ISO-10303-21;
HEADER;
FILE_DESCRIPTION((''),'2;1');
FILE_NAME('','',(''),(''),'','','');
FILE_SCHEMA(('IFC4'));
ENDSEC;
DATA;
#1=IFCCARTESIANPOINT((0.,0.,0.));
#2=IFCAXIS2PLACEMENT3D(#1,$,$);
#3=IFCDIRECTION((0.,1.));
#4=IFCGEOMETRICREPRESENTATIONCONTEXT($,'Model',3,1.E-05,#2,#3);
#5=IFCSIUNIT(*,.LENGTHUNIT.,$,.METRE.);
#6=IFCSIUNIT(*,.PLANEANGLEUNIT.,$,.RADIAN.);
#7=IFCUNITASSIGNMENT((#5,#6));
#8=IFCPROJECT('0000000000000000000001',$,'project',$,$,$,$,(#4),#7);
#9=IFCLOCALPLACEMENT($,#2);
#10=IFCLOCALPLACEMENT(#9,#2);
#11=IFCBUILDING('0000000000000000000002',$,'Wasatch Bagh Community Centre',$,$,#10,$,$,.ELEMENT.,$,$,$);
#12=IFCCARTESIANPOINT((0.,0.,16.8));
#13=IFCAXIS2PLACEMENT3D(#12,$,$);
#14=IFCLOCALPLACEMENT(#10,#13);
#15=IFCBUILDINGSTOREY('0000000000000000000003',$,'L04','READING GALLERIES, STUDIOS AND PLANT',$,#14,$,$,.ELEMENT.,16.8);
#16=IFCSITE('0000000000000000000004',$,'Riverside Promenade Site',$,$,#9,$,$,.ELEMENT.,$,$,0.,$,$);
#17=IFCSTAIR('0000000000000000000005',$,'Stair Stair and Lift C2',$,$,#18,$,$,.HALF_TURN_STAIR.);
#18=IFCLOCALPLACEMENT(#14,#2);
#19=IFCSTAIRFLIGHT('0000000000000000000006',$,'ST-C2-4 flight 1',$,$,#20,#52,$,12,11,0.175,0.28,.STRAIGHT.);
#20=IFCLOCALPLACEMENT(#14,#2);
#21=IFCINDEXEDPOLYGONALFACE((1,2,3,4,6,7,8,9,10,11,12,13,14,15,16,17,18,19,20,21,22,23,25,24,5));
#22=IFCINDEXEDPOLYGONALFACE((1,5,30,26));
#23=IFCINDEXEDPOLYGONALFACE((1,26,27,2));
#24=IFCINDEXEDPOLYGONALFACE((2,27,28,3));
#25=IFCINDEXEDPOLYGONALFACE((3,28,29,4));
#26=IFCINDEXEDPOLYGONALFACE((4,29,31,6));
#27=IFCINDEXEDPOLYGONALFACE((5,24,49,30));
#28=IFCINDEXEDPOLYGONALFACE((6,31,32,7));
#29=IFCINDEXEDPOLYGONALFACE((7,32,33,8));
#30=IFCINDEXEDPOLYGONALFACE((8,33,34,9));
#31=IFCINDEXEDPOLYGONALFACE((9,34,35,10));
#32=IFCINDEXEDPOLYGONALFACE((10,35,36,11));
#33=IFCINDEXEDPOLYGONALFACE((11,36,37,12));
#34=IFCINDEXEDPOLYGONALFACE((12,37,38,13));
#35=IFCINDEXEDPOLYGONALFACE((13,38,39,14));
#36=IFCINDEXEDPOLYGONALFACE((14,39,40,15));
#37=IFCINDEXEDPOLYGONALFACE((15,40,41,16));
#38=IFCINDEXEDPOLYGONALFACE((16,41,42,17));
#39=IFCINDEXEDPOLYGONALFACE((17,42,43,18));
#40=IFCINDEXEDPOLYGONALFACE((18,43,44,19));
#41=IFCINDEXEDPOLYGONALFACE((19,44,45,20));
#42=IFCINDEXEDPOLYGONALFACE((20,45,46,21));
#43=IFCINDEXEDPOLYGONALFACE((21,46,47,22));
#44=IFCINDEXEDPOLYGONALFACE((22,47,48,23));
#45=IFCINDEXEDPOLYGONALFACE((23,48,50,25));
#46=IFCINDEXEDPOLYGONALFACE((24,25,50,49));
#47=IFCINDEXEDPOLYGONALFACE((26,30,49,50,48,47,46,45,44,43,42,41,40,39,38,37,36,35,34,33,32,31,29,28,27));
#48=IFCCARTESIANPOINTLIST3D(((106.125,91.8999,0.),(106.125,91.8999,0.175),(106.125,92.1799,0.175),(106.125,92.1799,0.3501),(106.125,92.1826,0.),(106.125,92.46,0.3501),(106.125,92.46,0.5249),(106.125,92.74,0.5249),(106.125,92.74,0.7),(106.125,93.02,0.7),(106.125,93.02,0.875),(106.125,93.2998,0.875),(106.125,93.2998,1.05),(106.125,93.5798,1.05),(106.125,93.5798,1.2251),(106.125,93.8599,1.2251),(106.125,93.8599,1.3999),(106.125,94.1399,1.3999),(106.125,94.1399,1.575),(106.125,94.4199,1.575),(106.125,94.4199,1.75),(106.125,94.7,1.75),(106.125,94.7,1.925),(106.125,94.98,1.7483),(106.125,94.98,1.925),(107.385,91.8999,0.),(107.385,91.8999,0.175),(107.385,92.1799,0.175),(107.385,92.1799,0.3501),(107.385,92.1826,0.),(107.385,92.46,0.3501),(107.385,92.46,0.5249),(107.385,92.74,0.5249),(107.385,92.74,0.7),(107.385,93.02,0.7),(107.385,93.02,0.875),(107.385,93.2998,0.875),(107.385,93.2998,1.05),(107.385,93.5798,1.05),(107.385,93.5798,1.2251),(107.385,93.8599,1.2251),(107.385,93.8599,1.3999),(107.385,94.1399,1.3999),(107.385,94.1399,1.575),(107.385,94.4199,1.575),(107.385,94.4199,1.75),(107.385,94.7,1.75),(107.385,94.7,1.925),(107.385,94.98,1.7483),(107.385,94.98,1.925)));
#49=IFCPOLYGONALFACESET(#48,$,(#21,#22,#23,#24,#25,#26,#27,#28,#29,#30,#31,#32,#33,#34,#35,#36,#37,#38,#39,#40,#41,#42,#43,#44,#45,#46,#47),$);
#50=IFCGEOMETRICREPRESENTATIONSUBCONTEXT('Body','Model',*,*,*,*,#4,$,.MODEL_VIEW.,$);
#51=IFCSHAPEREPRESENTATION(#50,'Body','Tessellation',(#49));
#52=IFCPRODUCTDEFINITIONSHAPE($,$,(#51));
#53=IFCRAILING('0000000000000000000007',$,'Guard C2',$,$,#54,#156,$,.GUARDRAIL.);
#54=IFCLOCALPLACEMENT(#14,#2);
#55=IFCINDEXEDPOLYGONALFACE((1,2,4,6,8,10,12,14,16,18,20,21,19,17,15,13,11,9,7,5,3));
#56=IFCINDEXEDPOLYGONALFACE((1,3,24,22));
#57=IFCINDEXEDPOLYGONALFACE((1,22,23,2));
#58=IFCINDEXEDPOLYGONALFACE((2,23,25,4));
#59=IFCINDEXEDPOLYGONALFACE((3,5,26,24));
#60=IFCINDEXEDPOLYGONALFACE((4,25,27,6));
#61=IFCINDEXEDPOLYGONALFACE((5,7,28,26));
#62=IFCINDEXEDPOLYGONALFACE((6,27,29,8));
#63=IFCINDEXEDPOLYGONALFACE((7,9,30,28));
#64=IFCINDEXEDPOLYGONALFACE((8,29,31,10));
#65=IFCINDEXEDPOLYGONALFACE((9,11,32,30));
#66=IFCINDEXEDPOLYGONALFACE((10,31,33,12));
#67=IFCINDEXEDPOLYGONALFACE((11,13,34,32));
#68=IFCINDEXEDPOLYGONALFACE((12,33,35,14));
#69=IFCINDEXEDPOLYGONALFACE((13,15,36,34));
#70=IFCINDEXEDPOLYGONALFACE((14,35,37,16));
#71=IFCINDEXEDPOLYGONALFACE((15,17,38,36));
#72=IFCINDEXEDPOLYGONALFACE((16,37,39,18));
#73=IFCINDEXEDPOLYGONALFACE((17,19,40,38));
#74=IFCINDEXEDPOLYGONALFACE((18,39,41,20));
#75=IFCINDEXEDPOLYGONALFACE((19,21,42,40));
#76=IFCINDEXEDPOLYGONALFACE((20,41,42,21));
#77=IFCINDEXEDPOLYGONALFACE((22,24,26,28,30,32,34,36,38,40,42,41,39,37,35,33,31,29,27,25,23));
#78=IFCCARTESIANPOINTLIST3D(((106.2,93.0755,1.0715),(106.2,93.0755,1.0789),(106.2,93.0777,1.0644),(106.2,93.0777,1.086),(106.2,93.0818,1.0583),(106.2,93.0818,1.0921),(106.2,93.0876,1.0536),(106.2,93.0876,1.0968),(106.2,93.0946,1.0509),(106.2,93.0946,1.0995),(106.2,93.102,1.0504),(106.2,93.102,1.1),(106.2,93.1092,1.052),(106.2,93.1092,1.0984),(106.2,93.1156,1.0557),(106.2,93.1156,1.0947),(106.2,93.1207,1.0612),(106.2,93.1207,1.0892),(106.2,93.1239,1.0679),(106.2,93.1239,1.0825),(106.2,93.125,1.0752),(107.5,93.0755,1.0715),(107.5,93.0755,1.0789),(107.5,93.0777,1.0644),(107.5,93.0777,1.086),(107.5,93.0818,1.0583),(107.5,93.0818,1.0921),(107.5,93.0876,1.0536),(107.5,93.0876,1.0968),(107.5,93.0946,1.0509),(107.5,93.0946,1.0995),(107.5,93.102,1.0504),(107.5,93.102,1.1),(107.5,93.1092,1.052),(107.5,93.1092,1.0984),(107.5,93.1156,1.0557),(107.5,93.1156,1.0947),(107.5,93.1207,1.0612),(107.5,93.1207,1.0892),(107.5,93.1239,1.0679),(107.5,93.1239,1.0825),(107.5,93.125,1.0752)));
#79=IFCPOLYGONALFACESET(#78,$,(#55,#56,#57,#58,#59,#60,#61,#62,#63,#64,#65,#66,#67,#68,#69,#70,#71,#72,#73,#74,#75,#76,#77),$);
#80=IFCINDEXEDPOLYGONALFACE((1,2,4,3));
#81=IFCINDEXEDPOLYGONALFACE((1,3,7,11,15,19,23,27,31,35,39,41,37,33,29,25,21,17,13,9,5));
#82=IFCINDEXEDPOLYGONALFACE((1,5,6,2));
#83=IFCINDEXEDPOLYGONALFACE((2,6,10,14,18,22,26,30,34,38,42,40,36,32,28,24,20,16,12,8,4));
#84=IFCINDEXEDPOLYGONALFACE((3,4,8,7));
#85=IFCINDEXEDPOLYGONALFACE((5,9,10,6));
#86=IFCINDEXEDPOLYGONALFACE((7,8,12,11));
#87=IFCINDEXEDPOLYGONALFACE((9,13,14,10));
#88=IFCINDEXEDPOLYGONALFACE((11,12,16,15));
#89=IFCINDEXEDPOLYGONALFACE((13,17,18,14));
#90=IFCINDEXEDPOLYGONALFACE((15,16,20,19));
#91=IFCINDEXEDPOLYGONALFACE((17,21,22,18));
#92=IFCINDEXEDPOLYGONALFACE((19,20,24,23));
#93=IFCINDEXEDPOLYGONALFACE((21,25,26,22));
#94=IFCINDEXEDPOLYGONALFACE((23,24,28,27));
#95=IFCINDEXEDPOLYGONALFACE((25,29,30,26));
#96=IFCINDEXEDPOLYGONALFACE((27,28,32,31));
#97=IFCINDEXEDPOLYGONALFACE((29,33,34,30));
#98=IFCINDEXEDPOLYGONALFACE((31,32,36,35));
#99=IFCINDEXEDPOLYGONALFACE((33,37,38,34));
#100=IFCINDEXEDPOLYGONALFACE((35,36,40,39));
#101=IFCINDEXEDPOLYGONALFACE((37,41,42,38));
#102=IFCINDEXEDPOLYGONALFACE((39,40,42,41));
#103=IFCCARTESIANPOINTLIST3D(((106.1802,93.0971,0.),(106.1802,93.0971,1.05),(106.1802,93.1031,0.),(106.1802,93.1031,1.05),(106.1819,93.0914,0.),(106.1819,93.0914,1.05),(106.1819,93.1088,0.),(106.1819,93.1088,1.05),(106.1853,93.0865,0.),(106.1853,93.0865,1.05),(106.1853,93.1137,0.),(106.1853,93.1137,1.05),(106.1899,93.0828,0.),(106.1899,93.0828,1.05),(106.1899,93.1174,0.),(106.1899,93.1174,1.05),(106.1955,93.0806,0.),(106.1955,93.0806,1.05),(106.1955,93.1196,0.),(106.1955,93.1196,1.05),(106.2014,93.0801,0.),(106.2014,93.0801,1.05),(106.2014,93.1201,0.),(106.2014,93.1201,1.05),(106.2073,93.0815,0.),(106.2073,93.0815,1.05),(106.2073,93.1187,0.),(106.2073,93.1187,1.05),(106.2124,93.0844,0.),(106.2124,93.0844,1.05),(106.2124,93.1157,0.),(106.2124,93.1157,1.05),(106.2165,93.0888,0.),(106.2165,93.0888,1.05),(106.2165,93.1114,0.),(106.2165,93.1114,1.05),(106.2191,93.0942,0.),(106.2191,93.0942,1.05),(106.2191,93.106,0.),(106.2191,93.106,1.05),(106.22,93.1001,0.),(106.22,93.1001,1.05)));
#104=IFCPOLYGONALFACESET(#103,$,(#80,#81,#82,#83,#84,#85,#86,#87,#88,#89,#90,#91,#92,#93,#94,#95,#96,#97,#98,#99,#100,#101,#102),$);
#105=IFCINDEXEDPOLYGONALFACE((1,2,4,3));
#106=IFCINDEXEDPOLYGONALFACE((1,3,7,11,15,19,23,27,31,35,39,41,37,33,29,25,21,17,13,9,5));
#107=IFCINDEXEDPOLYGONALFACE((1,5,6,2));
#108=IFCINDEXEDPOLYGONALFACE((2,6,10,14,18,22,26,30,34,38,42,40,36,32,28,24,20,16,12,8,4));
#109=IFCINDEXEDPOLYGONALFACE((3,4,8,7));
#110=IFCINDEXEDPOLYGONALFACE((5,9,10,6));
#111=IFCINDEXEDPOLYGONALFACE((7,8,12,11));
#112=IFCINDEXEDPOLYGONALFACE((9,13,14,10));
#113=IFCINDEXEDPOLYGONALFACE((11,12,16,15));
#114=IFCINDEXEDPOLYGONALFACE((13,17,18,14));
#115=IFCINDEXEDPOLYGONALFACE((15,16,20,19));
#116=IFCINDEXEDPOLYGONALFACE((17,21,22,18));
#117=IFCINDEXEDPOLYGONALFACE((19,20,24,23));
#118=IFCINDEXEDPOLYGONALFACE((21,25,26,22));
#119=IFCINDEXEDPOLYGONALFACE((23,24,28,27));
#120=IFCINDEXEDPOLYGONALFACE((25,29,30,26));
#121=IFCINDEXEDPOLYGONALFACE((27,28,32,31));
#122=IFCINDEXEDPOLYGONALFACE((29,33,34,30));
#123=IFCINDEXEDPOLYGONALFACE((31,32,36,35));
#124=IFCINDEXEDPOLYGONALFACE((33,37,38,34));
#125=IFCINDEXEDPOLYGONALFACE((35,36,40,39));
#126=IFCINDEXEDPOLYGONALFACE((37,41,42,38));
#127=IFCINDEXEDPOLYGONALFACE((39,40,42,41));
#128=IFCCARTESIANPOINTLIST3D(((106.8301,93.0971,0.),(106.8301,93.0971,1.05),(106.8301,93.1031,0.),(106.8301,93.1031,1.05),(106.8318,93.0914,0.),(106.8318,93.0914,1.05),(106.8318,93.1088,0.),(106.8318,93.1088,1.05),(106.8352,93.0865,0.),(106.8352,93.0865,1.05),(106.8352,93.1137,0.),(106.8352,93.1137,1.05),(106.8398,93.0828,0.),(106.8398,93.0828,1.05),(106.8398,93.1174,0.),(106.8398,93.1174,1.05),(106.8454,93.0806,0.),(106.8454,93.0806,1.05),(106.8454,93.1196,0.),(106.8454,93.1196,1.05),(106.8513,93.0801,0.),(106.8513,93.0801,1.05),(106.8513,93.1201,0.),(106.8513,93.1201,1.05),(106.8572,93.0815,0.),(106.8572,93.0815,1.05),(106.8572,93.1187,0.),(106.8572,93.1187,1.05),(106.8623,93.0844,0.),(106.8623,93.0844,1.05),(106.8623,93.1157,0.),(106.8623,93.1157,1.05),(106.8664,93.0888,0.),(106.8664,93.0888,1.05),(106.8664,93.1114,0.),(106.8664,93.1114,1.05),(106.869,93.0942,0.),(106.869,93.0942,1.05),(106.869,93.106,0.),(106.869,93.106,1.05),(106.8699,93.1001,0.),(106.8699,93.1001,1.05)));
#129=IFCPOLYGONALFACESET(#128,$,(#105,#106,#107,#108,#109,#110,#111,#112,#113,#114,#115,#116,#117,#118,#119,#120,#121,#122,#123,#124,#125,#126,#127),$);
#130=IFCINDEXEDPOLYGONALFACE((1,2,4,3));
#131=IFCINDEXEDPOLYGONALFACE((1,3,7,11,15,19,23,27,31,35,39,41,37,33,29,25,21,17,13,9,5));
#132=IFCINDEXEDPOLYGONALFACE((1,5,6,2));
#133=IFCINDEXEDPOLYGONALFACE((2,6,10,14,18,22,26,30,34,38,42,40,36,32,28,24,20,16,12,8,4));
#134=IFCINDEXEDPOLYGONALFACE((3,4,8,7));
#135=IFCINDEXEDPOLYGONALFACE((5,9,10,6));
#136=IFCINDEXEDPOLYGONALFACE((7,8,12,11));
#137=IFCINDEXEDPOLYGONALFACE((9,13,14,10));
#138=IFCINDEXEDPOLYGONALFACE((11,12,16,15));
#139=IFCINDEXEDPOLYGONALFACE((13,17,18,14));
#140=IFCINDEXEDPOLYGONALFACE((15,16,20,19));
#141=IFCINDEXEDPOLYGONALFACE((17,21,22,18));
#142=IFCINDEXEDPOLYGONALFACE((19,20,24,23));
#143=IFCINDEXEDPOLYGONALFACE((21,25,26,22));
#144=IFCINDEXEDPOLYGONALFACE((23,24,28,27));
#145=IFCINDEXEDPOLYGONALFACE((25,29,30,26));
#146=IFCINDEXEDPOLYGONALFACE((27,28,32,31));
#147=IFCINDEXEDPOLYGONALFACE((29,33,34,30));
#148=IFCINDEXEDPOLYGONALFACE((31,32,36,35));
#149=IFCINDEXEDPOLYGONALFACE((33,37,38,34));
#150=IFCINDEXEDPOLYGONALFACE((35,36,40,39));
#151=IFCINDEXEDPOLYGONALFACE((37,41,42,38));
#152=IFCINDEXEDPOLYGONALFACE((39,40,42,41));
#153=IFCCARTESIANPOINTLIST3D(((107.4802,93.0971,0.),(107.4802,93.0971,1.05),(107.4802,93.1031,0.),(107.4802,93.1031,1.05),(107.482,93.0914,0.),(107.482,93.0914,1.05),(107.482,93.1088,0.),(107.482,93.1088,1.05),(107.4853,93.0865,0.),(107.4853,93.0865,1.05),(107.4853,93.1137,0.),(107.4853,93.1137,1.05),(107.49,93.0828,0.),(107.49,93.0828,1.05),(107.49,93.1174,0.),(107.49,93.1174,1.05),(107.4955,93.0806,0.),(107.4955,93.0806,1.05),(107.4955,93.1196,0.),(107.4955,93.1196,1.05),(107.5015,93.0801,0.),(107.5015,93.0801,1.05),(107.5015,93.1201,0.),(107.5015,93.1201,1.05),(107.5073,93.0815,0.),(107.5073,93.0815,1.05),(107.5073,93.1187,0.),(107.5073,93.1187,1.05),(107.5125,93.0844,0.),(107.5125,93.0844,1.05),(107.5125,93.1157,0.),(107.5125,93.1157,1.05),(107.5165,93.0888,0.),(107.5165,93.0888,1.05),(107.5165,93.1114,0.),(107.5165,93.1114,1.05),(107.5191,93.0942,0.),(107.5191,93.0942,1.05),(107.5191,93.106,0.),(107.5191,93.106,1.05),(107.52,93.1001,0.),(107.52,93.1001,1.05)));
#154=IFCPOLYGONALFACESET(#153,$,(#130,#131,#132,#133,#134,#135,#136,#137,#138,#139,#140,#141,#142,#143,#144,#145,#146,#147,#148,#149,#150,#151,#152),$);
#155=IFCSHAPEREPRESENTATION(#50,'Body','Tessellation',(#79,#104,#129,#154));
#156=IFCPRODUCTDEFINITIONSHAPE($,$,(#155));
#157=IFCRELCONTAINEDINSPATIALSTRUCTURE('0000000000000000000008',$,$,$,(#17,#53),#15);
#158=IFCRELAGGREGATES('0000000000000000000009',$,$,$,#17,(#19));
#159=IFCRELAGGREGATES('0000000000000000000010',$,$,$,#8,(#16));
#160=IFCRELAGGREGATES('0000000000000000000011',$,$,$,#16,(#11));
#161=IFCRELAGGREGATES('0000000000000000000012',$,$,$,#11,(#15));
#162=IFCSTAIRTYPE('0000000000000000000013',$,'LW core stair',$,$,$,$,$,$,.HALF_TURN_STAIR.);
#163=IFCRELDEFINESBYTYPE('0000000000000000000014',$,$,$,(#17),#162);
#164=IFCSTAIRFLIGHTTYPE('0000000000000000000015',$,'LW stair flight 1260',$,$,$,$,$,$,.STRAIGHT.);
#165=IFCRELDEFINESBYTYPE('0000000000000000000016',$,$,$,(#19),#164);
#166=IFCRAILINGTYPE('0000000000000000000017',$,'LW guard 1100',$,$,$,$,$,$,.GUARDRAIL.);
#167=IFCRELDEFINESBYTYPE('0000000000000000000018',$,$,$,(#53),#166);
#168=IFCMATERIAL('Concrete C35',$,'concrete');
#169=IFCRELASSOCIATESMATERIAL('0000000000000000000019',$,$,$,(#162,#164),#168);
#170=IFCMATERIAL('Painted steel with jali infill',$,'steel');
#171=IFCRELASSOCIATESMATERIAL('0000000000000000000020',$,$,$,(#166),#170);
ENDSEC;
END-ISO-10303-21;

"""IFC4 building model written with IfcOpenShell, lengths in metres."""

from ifc_helpers import new_model, si_unit, direction, frame, origin, origin_2d, place, context, subcontext, project, spatial, polyline, circle, outline, extrude, material, type_object, element, aggregate, save


model = new_model("IFC4")

# Units and contexts
model_context = context("Model", 3, precision=1e-05, world=origin(), true_north=direction((0.0, 1.0)))
body_context = subcontext(model_context, "Body", "Model", "MODEL_VIEW")
ifc_project = project(units=[si_unit("LENGTHUNIT", "METRE"), si_unit("PLANEANGLEUNIT", "RADIAN")], contexts=[model_context])

# Site, building, storey
site_placement = place(None, origin())
site = spatial("IfcSite", under=ifc_project, at=site_placement, Name="Riverside Promenade Site", CompositionType="ELEMENT", RefElevation=0.0)
building_placement = place(site_placement, origin())
building = spatial("IfcBuilding", under=site, at=building_placement, Name="Wasatch Bagh Community Centre", CompositionType="ELEMENT")
storey_placement = place(building_placement, frame((0.0, 0.0, 16.8)))
storey = spatial("IfcBuildingStorey", under=building, at=storey_placement, Name="L04", Description="READING GALLERIES, STUDIOS AND PLANT", CompositionType="ELEMENT", Elevation=16.8)

# Shared definitions
ifc_material_1 = material(Name="Concrete C35", Category="concrete")

# Stair, stair flight
stair_type = type_object("IfcStairType", Name="LW core stair", PredefinedType="HALF_TURN_STAIR", material=ifc_material_1)
stair_placement = place(storey_placement, origin())
stair = element("IfcStair", 1, at=stair_placement, inside=storey, type_object=stair_type, Name="Stair Stair and Lift C2", PredefinedType="HALF_TURN_STAIR")
stair_flight_type = type_object("IfcStairFlightType", Name="LW stair flight 1260", PredefinedType="STRAIGHT", material=ifc_material_1)
stair_flight_placement = place(storey_placement, frame((106.7549, 91.8999, 0.0), z_axis=(0.0, 0.0, 1.0), x_axis=(0.0, 1.0, 0.0)))
stair_flight = element("IfcStairFlight", 2, at=stair_flight_placement, type_object=stair_flight_type, Name="ST-C2-4 flight 1", NumberOfRisers=12, NumberOfTreads=11, PredefinedType="STRAIGHT", RiserHeight=0.175, TreadLength=0.28, context=body_context, shape_type="SweptSolid", body=[
    extrude(outline(polyline([(0.0, 0.0), (0.0, 0.175), (0.28, 0.175), (0.28, 0.3501), (0.5601, 0.3501), (0.5601, 0.5249), (0.8401, 0.5249), (0.8401, 0.7), (1.1201, 0.7), (1.1201, 0.875), (1.3999, 0.875), (1.3999, 1.05), (1.6799, 1.05), (1.6799, 1.2251), (1.96, 1.2251), (1.96, 1.3999), (2.24, 1.3999), (2.24, 1.575), (2.52, 1.575), (2.52, 1.75), (2.8, 1.75), (2.8, 1.925), (3.0801, 1.925), (3.0801, 2.1001), (3.0801, 1.7483), (0.2827, 0.0), (0.0, 0.0)])), frame((0.0, 0.6299, 0.0), z_axis=(0.0, -1.0, 0.0), x_axis=(1.0, 0.0, 0.0)), (0.0, 0.0, 1.0), 1.26),
])
aggregate(stair, [stair_flight])

# Railing
ifc_material_2 = material(Name="Painted steel with jali infill", Category="steel")
railing_type_1 = type_object("IfcRailingType", Name="LW guard 1100", PredefinedType="GUARDRAIL", material=ifc_material_2)
for number, where, name in (
    (3, (106.2, 93.1001, 0.0), "Guard C2"),
):
    element("IfcRailing", number, at=place(storey_placement, frame(where)), inside=storey, type_object=railing_type_1, Name=name, PredefinedType="GUARDRAIL", context=body_context, shape_type="SweptSolid", body=[
        extrude(circle(Radius=0.0249, at=origin_2d()), frame((0.0, 0.0, 1.0752), z_axis=(1.0, 0.0, 0.0), x_axis=(0.0, 1.0, 0.0)), (0.0, 0.0, 1.0), 1.3),
        extrude(circle(Radius=0.02, at=origin_2d()), origin(), (0.0, 0.0, 1.0), 1.05),
        extrude(circle(Radius=0.02, at=origin_2d()), frame((0.6499, 0.0, 0.0)), (0.0, 0.0, 1.0), 1.05),
        extrude(circle(Radius=0.02, at=origin_2d()), frame((1.3, 0.0, 0.0)), (0.0, 0.0, 1.0), 1.05),
    ])

save(model, "model.ifc")
